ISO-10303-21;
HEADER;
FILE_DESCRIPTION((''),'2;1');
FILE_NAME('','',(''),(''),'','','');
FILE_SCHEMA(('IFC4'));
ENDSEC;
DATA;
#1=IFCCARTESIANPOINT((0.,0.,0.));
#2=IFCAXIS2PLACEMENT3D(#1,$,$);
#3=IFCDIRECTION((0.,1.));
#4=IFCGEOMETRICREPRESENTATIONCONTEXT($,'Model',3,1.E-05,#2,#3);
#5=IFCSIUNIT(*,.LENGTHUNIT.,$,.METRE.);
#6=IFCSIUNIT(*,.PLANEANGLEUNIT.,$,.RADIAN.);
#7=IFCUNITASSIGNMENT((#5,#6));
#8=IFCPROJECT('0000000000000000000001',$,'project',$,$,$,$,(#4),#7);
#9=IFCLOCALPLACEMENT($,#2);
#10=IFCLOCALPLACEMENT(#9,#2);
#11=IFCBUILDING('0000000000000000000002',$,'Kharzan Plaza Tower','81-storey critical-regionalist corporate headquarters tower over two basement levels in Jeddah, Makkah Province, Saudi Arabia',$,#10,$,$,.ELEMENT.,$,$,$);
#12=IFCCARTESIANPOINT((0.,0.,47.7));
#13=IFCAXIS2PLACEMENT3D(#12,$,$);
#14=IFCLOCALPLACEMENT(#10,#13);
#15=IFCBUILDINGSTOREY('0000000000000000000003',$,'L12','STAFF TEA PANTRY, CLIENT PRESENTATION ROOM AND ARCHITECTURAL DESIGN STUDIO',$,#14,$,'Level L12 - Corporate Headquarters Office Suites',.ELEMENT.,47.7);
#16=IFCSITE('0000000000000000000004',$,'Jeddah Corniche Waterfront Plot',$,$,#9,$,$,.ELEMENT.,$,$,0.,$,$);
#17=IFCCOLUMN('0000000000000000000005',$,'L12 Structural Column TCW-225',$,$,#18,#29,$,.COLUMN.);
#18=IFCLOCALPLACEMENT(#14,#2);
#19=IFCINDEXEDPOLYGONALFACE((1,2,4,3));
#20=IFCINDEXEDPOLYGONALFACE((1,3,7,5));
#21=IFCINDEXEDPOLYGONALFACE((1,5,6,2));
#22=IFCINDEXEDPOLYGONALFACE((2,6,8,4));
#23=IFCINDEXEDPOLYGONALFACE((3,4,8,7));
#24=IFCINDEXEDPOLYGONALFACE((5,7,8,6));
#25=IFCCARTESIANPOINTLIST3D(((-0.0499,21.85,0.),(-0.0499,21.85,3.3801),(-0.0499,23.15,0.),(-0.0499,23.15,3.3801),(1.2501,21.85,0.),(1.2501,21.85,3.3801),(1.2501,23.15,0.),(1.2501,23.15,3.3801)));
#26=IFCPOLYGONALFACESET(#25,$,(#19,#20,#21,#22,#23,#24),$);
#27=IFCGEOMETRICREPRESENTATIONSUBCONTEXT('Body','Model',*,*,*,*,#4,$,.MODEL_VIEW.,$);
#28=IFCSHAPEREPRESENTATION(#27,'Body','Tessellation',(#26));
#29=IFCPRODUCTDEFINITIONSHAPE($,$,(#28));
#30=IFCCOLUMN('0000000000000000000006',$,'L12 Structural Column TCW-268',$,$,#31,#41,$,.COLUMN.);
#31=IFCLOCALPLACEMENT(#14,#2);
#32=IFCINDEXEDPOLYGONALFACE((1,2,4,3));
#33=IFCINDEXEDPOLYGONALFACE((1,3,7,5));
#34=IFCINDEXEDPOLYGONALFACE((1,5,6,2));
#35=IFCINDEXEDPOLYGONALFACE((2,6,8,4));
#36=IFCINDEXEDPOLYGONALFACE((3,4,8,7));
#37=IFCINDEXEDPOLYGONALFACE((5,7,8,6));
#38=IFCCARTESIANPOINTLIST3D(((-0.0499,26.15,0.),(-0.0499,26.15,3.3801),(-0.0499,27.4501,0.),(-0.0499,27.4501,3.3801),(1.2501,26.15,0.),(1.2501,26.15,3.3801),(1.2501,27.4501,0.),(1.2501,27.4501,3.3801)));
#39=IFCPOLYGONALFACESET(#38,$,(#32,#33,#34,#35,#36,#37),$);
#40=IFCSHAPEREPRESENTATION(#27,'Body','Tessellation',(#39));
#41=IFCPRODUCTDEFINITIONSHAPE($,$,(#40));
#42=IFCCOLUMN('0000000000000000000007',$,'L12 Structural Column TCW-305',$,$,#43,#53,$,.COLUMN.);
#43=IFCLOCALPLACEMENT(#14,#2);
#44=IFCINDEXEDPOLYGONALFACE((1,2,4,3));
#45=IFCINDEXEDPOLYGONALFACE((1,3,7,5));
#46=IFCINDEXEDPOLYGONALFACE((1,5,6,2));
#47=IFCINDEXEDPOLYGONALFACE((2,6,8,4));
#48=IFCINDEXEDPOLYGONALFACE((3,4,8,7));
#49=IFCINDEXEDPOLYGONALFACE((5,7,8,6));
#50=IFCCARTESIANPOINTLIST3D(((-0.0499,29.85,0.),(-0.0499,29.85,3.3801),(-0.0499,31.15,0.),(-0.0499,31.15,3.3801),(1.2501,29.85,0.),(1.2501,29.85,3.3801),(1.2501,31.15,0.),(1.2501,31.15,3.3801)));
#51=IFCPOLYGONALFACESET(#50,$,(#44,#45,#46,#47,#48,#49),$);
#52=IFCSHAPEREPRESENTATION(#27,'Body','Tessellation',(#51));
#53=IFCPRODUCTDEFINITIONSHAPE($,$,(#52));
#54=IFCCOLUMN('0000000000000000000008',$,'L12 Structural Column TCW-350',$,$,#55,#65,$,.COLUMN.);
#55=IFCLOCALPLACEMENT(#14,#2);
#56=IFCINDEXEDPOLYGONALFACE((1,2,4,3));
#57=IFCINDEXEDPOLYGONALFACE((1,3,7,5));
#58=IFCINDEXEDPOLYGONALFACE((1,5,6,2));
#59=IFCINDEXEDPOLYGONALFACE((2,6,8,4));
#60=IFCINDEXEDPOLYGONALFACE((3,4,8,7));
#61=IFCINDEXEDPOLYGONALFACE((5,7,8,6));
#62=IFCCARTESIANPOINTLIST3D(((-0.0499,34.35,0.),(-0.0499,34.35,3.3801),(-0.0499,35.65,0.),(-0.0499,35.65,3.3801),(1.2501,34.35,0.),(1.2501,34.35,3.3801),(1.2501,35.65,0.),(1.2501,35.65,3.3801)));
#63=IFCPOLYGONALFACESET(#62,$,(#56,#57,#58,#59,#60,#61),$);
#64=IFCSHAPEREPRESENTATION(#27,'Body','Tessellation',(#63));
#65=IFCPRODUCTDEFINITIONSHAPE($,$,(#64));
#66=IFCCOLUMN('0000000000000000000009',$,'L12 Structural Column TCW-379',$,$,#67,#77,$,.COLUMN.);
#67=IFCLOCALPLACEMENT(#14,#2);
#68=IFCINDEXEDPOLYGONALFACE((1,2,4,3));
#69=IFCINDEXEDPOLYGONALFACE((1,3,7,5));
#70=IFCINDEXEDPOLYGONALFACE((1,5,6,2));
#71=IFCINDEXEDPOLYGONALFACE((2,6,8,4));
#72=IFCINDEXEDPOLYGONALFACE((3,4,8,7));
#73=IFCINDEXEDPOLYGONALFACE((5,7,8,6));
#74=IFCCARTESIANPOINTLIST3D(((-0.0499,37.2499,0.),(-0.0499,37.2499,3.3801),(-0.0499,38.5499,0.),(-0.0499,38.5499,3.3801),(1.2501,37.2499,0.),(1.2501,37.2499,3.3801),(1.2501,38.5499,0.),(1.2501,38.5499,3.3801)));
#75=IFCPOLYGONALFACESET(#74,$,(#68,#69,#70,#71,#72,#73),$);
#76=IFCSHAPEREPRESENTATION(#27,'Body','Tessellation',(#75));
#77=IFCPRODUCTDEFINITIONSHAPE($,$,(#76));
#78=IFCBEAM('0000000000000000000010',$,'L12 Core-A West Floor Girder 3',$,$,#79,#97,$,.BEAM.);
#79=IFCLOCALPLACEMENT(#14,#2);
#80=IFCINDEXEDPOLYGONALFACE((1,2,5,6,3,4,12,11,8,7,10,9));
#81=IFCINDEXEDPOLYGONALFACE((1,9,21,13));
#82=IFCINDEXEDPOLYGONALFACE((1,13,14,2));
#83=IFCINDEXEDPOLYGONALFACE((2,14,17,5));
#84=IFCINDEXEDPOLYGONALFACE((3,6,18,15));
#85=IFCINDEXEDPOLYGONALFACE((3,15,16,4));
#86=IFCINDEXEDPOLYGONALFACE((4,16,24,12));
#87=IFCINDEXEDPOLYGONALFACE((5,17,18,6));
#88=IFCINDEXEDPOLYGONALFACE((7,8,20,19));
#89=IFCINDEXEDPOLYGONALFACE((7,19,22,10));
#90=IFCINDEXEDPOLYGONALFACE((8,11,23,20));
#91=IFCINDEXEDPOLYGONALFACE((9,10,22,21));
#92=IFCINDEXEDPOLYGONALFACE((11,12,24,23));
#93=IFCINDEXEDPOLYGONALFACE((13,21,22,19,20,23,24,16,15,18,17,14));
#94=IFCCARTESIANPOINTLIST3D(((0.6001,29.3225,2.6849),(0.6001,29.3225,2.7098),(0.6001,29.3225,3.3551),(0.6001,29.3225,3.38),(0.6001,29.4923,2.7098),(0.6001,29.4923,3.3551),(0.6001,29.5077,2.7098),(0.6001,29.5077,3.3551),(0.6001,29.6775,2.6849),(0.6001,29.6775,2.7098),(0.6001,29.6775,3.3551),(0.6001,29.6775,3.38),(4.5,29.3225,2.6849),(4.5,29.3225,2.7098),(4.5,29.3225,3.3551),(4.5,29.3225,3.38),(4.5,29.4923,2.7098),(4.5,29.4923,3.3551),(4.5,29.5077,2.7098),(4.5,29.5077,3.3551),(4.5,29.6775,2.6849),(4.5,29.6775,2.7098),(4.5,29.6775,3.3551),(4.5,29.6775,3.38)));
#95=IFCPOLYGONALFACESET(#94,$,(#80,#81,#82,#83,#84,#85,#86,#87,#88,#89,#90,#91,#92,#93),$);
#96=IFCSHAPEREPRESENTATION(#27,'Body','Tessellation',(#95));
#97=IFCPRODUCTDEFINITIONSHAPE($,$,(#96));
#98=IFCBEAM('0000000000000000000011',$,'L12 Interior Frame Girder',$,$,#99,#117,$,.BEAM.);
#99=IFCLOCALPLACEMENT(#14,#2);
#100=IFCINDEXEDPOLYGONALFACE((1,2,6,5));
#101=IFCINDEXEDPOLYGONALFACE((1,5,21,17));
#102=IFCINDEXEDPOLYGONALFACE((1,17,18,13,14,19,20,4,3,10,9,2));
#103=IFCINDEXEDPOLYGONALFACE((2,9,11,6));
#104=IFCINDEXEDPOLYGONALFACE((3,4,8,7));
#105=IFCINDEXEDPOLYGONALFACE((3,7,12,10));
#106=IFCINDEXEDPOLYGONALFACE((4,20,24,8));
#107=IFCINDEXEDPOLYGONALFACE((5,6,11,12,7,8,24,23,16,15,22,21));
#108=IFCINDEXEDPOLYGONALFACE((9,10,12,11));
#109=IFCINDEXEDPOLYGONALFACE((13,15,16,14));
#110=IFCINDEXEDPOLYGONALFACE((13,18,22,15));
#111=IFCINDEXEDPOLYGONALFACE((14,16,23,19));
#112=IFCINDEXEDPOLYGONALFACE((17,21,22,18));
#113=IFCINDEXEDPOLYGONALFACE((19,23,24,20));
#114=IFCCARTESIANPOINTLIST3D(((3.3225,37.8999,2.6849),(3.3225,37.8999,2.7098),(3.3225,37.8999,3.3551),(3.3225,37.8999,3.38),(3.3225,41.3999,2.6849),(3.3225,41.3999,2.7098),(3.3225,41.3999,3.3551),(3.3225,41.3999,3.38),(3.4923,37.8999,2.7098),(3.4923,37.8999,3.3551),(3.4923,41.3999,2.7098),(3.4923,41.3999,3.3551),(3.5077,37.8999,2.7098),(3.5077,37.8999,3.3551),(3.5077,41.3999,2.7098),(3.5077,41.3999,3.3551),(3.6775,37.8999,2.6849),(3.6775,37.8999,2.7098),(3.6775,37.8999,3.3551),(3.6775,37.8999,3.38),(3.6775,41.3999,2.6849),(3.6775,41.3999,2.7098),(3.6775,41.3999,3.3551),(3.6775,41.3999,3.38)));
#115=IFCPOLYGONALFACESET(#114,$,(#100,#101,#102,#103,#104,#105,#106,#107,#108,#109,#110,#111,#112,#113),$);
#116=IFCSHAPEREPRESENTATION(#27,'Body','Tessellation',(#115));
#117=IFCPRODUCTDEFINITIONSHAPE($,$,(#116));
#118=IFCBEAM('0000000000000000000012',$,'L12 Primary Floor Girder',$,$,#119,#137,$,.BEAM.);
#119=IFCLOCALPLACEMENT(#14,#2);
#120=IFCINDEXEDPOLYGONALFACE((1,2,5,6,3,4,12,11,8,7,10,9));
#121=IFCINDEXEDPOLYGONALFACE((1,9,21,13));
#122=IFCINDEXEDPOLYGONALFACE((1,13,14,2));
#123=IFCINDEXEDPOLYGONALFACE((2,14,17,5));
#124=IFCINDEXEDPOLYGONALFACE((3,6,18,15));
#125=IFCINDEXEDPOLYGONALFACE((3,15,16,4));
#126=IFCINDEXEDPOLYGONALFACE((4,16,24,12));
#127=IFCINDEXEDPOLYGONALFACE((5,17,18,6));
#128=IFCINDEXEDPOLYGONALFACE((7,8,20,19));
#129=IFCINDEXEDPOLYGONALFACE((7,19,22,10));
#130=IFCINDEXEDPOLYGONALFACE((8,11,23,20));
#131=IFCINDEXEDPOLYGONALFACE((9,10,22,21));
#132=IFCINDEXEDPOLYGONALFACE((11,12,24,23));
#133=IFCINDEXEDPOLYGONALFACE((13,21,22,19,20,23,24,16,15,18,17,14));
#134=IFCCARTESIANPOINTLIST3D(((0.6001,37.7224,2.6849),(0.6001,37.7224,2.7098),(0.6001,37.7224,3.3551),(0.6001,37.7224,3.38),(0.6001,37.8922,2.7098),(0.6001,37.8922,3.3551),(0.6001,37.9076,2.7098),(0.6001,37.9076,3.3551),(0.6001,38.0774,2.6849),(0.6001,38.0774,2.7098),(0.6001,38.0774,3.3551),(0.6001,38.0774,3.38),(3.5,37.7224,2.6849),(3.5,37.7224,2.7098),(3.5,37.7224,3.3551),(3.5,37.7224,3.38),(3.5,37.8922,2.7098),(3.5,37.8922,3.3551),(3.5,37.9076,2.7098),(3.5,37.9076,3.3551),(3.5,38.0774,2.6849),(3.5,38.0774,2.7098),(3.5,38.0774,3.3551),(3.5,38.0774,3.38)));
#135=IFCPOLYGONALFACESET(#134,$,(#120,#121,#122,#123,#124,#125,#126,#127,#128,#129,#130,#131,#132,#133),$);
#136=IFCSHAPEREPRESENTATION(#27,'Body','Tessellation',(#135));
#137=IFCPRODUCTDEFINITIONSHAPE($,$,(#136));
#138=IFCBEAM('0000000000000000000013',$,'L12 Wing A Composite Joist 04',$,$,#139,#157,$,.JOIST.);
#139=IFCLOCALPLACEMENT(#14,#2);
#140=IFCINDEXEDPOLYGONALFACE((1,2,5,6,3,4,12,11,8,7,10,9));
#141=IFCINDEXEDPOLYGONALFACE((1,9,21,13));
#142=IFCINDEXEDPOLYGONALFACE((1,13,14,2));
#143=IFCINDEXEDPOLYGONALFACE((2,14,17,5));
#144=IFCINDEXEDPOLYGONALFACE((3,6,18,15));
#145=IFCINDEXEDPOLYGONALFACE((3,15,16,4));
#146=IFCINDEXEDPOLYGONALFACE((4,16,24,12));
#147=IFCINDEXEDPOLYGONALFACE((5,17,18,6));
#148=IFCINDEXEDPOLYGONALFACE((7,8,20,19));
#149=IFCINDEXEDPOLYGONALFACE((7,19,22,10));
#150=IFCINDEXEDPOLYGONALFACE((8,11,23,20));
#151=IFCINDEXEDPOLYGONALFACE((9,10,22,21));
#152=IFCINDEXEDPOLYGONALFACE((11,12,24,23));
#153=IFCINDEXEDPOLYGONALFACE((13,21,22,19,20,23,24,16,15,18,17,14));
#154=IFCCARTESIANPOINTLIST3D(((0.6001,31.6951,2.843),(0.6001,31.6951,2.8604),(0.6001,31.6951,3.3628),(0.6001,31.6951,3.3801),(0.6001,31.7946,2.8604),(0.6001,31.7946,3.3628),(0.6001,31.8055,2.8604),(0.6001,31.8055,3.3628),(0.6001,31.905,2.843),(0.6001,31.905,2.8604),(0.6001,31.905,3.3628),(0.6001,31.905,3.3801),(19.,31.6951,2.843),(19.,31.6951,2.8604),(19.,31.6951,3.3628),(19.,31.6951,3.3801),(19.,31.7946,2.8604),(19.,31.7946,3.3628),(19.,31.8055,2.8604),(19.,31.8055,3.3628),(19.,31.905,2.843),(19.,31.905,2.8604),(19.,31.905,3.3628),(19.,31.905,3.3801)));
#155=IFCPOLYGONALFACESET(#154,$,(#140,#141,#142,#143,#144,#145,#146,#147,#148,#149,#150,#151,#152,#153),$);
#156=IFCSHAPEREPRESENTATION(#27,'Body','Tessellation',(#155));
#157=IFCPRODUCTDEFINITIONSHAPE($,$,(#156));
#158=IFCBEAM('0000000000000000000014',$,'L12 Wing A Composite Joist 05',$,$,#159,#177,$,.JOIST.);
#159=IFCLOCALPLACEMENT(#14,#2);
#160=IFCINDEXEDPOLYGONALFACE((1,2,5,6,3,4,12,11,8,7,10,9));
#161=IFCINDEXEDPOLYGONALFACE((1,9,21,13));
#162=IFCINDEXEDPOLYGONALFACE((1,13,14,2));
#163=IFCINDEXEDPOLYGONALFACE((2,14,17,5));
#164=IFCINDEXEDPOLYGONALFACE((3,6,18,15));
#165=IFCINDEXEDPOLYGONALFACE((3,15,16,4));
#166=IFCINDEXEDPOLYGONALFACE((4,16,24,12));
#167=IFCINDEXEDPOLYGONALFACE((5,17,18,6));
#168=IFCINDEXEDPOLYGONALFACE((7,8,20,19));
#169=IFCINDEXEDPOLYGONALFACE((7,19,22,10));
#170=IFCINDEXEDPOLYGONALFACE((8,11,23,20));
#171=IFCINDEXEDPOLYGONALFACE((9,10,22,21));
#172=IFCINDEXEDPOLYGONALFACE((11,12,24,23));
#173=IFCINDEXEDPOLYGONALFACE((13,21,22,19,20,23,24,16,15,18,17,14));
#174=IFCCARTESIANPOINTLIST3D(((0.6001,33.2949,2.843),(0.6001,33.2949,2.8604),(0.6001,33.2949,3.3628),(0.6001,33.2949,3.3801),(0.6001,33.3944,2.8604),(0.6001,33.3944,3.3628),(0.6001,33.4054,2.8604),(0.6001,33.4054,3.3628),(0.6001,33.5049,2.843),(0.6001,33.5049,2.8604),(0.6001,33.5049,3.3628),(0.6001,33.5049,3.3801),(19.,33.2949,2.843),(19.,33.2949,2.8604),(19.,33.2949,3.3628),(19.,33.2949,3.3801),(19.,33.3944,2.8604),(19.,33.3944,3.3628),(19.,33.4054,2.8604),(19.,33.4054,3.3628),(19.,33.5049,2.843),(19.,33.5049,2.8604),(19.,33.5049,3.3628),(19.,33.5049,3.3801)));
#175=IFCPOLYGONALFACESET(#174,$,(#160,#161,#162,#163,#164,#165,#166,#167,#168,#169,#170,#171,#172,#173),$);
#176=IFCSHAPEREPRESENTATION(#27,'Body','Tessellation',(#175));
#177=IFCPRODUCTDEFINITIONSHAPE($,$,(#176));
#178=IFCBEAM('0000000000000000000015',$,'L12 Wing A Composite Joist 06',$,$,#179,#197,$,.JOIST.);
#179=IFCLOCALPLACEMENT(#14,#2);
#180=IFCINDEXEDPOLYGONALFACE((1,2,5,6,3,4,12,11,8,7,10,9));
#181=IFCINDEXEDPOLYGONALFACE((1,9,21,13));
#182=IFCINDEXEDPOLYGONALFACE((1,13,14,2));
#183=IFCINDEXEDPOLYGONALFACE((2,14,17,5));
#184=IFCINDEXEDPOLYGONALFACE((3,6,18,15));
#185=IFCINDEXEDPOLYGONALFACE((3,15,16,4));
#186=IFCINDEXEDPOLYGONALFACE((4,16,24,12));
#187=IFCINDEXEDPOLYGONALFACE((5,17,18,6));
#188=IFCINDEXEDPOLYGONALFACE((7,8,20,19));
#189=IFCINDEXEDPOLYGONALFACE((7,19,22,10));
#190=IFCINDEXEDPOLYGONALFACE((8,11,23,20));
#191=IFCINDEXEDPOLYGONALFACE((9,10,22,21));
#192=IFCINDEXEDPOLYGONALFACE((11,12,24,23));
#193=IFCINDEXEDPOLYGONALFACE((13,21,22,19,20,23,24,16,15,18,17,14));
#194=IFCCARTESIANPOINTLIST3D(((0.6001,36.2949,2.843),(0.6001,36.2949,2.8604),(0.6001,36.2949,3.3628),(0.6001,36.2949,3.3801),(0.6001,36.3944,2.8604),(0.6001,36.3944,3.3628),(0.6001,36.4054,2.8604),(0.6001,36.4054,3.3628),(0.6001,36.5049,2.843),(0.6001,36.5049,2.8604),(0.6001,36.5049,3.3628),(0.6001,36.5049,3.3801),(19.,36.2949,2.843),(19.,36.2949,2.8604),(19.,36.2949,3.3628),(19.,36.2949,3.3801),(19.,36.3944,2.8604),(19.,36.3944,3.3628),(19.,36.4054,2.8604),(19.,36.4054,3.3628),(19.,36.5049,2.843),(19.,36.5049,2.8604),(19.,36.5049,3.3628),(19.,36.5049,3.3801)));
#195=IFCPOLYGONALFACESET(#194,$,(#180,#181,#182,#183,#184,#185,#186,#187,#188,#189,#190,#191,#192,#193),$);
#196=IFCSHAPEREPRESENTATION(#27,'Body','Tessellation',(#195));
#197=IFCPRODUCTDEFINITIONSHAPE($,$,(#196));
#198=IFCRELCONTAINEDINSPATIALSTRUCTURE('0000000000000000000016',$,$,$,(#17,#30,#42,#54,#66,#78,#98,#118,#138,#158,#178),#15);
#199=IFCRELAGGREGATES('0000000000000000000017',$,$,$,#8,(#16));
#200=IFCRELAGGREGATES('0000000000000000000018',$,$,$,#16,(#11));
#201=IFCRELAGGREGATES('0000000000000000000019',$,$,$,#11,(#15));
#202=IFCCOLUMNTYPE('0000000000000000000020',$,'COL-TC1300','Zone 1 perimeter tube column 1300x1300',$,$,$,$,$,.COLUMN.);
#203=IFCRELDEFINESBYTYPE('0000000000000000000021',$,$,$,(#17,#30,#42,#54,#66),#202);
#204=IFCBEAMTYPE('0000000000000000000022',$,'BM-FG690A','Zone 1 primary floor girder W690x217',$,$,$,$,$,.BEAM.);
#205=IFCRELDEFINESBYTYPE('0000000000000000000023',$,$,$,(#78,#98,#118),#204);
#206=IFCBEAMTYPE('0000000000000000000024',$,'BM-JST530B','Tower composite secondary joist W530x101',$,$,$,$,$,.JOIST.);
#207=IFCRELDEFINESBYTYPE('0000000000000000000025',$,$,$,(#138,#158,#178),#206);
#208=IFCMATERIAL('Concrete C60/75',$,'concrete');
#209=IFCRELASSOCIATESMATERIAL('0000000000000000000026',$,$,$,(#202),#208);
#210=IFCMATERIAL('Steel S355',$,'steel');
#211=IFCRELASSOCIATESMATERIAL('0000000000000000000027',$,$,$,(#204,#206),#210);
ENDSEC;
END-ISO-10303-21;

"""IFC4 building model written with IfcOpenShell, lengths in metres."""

from ifc_helpers import new_model, si_unit, direction, frame, origin, origin_2d, place, context, subcontext, project, spatial, rectangle, i_section, extrude, source, transform, mapped, material, material_profile, profile_set, type_object, element, save


model = new_model("IFC4")

# Units and contexts
model_context = context("Model", 3, precision=1e-05, world=origin(), true_north=direction((0.0, 1.0)))
body_context = subcontext(model_context, "Body", "Model", "MODEL_VIEW")
ifc_project = project(units=[si_unit("LENGTHUNIT", "METRE"), si_unit("PLANEANGLEUNIT", "RADIAN")], contexts=[model_context])

# Site, building, storey
site_placement = place(None, origin())
site = spatial("IfcSite", under=ifc_project, at=site_placement, Name="Jeddah Corniche Waterfront Plot", CompositionType="ELEMENT", RefElevation=0.0)
building_placement = place(site_placement, origin())
building = spatial("IfcBuilding", under=site, at=building_placement, Name="Kharzan Plaza Tower", Description="81-storey critical-regionalist corporate headquarters tower over two basement levels in Jeddah, Makkah Province, Saudi Arabia", CompositionType="ELEMENT")
storey_placement = place(building_placement, frame((0.0, 0.0, 47.7)))
storey = spatial("IfcBuildingStorey", under=building, at=storey_placement, Name="L12", Description="STAFF TEA PANTRY, CLIENT PRESENTATION ROOM AND ARCHITECTURAL DESIGN STUDIO", LongName="Level L12 - Corporate Headquarters Office Suites", CompositionType="ELEMENT", Elevation=47.7)

# Columns
ifc_material_1 = material(Name="Concrete C60/75", Category="concrete")
ifc_material_profile_1 = material_profile(ifc_material_1, rectangle(XDim=1.3, YDim=1.3, at=origin_2d()), Name="RC-TC1300x1300")
ifc_profile_set_1 = profile_set([ifc_material_profile_1], Name="Concrete C60/75")
column_type = type_object("IfcColumnType", Name="COL-TC1300", Description="Zone 1 perimeter tube column 1300x1300", PredefinedType="COLUMN", material=ifc_profile_set_1)
shared_shape_1 = source(origin(), body_context, "Body", "SweptSolid", [
    extrude(rectangle(XDim=1.3, YDim=1.3, at=origin_2d()), origin(), (0.0, 0.0, 1.0), 3.3801),
])
for number, where, z_axis, x_axis, name in (
    (1, (0.6001, 22.5, 0.0), (0.0, 0.0, 1.0), (1.0, 0.0, 0.0), "L12 Structural Column TCW-225"),
    (2, (0.6001, 26.8, 0.0), (0.0, 0.0, 1.0), (1.0, 0.0, 0.0), "L12 Structural Column TCW-268"),
    (3, (0.6001, 30.5, 0.0), (0.0, 0.0, 1.0), (1.0, 0.0, 0.0), "L12 Structural Column TCW-305"),
    (4, (0.6001, 35.0, 0.0), (0.0, 0.0, 1.0), (1.0, 0.0, 0.0), "L12 Structural Column TCW-350"),
    (5, (0.6001, 37.8999, 0.0), (0.0, 0.0, 1.0), (1.0, 0.0, 0.0), "L12 Structural Column TCW-379"),
):
    element("IfcColumn", number, at=place(storey_placement, frame(where, z_axis=z_axis, x_axis=x_axis)), inside=storey, type_object=column_type, Name=name, PredefinedType="COLUMN", context=body_context, shape_type="MappedRepresentation", body=[
        mapped(shared_shape_1, transform((0.0, 0.0, 0.0), x_axis=(1.0, 0.0, 0.0), y_axis=(0.0, 1.0, 0.0), z_axis=(0.0, 0.0, 1.0))),
    ])

# Beams
ifc_material_2 = material(Name="Steel S355", Category="steel")
ifc_material_profile_2 = material_profile(ifc_material_2, i_section(OverallWidth=0.355, OverallDepth=0.6951, WebThickness=0.0154, FlangeThickness=0.0249, at=origin_2d()), Name="W690x217")
ifc_profile_set_2 = profile_set([ifc_material_profile_2], Name="Steel S355")
beam_type_1 = type_object("IfcBeamType", Name="BM-FG690A", Description="Zone 1 primary floor girder W690x217", PredefinedType="BEAM", material=ifc_profile_set_2)
shared_shape_2 = source(origin(), body_context, "Body", "SweptSolid", [
    extrude(i_section(OverallWidth=0.355, OverallDepth=0.6951, WebThickness=0.0154, FlangeThickness=0.0249, at=origin_2d()), origin(), (0.0, 0.0, 1.0), 3.8999),
])
beam_1_placement = place(storey_placement, frame((0.6001, 29.5, 3.0325), z_axis=(1.0, 0.0, 0.0), x_axis=(0.0, 1.0, 0.0)))
element("IfcBeam", 6, at=beam_1_placement, inside=storey, type_object=beam_type_1, Name="L12 Core-A West Floor Girder 3", PredefinedType="BEAM", context=body_context, shape_type="MappedRepresentation", body=[
    mapped(shared_shape_2, transform((0.0, 0.0, 0.0), x_axis=(1.0, 0.0, 0.0), y_axis=(0.0, 1.0, 0.0), z_axis=(0.0, 0.0, 1.0))),
])
shared_shape_3 = source(origin(), body_context, "Body", "SweptSolid", [
    extrude(i_section(OverallWidth=0.355, OverallDepth=0.6951, WebThickness=0.0154, FlangeThickness=0.0249, at=origin_2d()), origin(), (0.0, 0.0, 1.0), 3.5),
])
beam_2_placement = place(storey_placement, frame((3.5, 37.8999, 3.0325), z_axis=(0.0, 1.0, 0.0), x_axis=(-1.0, 0.0, 0.0)))
element("IfcBeam", 7, at=beam_2_placement, inside=storey, type_object=beam_type_1, Name="L12 Interior Frame Girder", PredefinedType="BEAM", context=body_context, shape_type="MappedRepresentation", body=[
    mapped(shared_shape_3, transform((0.0, 0.0, 0.0), x_axis=(1.0, 0.0, 0.0), y_axis=(0.0, 1.0, 0.0), z_axis=(0.0, 0.0, 1.0))),
])
shared_shape_4 = source(origin(), body_context, "Body", "SweptSolid", [
    extrude(i_section(OverallWidth=0.355, OverallDepth=0.6951, WebThickness=0.0154, FlangeThickness=0.0249, at=origin_2d()), origin(), (0.0, 0.0, 1.0), 2.8999),
])
beam_3_placement = place(storey_placement, frame((0.6001, 37.8999, 3.0325), z_axis=(1.0, 0.0, 0.0), x_axis=(0.0, 1.0, 0.0)))
element("IfcBeam", 8, at=beam_3_placement, inside=storey, type_object=beam_type_1, Name="L12 Primary Floor Girder", PredefinedType="BEAM", context=body_context, shape_type="MappedRepresentation", body=[
    mapped(shared_shape_4, transform((0.0, 0.0, 0.0), x_axis=(1.0, 0.0, 0.0), y_axis=(0.0, 1.0, 0.0), z_axis=(0.0, 0.0, 1.0))),
])
ifc_material_profile_3 = material_profile(ifc_material_2, i_section(OverallWidth=0.21, OverallDepth=0.5371, WebThickness=0.011, FlangeThickness=0.0173, at=origin_2d()), Name="W530x101")
ifc_profile_set_3 = profile_set([ifc_material_profile_3], Name="Steel S355")
beam_type_2 = type_object("IfcBeamType", Name="BM-JST530B", Description="Tower composite secondary joist W530x101", PredefinedType="JOIST", material=ifc_profile_set_3)
shared_shape_5 = source(origin(), body_context, "Body", "SweptSolid", [
    extrude(i_section(OverallWidth=0.21, OverallDepth=0.5371, WebThickness=0.011, FlangeThickness=0.0173, at=origin_2d()), origin(), (0.0, 0.0, 1.0), 18.3999),
])
for number, where, z_axis, x_axis, name in (
    (9, (0.6001, 31.8, 3.1116), (1.0, 0.0, 0.0), (0.0, 1.0, 0.0), "L12 Wing A Composite Joist 04"),
    (10, (0.6001, 33.3999, 3.1116), (1.0, 0.0, 0.0), (0.0, 1.0, 0.0), "L12 Wing A Composite Joist 05"),
    (11, (0.6001, 36.3999, 3.1116), (1.0, 0.0, 0.0), (0.0, 1.0, 0.0), "L12 Wing A Composite Joist 06"),
):
    element("IfcBeam", number, at=place(storey_placement, frame(where, z_axis=z_axis, x_axis=x_axis)), inside=storey, type_object=beam_type_2, Name=name, PredefinedType="JOIST", context=body_context, shape_type="MappedRepresentation", body=[
        mapped(shared_shape_5, transform((0.0, 0.0, 0.0), x_axis=(1.0, 0.0, 0.0), y_axis=(0.0, 1.0, 0.0), z_axis=(0.0, 0.0, 1.0))),
    ])

save(model, "model.ifc")
